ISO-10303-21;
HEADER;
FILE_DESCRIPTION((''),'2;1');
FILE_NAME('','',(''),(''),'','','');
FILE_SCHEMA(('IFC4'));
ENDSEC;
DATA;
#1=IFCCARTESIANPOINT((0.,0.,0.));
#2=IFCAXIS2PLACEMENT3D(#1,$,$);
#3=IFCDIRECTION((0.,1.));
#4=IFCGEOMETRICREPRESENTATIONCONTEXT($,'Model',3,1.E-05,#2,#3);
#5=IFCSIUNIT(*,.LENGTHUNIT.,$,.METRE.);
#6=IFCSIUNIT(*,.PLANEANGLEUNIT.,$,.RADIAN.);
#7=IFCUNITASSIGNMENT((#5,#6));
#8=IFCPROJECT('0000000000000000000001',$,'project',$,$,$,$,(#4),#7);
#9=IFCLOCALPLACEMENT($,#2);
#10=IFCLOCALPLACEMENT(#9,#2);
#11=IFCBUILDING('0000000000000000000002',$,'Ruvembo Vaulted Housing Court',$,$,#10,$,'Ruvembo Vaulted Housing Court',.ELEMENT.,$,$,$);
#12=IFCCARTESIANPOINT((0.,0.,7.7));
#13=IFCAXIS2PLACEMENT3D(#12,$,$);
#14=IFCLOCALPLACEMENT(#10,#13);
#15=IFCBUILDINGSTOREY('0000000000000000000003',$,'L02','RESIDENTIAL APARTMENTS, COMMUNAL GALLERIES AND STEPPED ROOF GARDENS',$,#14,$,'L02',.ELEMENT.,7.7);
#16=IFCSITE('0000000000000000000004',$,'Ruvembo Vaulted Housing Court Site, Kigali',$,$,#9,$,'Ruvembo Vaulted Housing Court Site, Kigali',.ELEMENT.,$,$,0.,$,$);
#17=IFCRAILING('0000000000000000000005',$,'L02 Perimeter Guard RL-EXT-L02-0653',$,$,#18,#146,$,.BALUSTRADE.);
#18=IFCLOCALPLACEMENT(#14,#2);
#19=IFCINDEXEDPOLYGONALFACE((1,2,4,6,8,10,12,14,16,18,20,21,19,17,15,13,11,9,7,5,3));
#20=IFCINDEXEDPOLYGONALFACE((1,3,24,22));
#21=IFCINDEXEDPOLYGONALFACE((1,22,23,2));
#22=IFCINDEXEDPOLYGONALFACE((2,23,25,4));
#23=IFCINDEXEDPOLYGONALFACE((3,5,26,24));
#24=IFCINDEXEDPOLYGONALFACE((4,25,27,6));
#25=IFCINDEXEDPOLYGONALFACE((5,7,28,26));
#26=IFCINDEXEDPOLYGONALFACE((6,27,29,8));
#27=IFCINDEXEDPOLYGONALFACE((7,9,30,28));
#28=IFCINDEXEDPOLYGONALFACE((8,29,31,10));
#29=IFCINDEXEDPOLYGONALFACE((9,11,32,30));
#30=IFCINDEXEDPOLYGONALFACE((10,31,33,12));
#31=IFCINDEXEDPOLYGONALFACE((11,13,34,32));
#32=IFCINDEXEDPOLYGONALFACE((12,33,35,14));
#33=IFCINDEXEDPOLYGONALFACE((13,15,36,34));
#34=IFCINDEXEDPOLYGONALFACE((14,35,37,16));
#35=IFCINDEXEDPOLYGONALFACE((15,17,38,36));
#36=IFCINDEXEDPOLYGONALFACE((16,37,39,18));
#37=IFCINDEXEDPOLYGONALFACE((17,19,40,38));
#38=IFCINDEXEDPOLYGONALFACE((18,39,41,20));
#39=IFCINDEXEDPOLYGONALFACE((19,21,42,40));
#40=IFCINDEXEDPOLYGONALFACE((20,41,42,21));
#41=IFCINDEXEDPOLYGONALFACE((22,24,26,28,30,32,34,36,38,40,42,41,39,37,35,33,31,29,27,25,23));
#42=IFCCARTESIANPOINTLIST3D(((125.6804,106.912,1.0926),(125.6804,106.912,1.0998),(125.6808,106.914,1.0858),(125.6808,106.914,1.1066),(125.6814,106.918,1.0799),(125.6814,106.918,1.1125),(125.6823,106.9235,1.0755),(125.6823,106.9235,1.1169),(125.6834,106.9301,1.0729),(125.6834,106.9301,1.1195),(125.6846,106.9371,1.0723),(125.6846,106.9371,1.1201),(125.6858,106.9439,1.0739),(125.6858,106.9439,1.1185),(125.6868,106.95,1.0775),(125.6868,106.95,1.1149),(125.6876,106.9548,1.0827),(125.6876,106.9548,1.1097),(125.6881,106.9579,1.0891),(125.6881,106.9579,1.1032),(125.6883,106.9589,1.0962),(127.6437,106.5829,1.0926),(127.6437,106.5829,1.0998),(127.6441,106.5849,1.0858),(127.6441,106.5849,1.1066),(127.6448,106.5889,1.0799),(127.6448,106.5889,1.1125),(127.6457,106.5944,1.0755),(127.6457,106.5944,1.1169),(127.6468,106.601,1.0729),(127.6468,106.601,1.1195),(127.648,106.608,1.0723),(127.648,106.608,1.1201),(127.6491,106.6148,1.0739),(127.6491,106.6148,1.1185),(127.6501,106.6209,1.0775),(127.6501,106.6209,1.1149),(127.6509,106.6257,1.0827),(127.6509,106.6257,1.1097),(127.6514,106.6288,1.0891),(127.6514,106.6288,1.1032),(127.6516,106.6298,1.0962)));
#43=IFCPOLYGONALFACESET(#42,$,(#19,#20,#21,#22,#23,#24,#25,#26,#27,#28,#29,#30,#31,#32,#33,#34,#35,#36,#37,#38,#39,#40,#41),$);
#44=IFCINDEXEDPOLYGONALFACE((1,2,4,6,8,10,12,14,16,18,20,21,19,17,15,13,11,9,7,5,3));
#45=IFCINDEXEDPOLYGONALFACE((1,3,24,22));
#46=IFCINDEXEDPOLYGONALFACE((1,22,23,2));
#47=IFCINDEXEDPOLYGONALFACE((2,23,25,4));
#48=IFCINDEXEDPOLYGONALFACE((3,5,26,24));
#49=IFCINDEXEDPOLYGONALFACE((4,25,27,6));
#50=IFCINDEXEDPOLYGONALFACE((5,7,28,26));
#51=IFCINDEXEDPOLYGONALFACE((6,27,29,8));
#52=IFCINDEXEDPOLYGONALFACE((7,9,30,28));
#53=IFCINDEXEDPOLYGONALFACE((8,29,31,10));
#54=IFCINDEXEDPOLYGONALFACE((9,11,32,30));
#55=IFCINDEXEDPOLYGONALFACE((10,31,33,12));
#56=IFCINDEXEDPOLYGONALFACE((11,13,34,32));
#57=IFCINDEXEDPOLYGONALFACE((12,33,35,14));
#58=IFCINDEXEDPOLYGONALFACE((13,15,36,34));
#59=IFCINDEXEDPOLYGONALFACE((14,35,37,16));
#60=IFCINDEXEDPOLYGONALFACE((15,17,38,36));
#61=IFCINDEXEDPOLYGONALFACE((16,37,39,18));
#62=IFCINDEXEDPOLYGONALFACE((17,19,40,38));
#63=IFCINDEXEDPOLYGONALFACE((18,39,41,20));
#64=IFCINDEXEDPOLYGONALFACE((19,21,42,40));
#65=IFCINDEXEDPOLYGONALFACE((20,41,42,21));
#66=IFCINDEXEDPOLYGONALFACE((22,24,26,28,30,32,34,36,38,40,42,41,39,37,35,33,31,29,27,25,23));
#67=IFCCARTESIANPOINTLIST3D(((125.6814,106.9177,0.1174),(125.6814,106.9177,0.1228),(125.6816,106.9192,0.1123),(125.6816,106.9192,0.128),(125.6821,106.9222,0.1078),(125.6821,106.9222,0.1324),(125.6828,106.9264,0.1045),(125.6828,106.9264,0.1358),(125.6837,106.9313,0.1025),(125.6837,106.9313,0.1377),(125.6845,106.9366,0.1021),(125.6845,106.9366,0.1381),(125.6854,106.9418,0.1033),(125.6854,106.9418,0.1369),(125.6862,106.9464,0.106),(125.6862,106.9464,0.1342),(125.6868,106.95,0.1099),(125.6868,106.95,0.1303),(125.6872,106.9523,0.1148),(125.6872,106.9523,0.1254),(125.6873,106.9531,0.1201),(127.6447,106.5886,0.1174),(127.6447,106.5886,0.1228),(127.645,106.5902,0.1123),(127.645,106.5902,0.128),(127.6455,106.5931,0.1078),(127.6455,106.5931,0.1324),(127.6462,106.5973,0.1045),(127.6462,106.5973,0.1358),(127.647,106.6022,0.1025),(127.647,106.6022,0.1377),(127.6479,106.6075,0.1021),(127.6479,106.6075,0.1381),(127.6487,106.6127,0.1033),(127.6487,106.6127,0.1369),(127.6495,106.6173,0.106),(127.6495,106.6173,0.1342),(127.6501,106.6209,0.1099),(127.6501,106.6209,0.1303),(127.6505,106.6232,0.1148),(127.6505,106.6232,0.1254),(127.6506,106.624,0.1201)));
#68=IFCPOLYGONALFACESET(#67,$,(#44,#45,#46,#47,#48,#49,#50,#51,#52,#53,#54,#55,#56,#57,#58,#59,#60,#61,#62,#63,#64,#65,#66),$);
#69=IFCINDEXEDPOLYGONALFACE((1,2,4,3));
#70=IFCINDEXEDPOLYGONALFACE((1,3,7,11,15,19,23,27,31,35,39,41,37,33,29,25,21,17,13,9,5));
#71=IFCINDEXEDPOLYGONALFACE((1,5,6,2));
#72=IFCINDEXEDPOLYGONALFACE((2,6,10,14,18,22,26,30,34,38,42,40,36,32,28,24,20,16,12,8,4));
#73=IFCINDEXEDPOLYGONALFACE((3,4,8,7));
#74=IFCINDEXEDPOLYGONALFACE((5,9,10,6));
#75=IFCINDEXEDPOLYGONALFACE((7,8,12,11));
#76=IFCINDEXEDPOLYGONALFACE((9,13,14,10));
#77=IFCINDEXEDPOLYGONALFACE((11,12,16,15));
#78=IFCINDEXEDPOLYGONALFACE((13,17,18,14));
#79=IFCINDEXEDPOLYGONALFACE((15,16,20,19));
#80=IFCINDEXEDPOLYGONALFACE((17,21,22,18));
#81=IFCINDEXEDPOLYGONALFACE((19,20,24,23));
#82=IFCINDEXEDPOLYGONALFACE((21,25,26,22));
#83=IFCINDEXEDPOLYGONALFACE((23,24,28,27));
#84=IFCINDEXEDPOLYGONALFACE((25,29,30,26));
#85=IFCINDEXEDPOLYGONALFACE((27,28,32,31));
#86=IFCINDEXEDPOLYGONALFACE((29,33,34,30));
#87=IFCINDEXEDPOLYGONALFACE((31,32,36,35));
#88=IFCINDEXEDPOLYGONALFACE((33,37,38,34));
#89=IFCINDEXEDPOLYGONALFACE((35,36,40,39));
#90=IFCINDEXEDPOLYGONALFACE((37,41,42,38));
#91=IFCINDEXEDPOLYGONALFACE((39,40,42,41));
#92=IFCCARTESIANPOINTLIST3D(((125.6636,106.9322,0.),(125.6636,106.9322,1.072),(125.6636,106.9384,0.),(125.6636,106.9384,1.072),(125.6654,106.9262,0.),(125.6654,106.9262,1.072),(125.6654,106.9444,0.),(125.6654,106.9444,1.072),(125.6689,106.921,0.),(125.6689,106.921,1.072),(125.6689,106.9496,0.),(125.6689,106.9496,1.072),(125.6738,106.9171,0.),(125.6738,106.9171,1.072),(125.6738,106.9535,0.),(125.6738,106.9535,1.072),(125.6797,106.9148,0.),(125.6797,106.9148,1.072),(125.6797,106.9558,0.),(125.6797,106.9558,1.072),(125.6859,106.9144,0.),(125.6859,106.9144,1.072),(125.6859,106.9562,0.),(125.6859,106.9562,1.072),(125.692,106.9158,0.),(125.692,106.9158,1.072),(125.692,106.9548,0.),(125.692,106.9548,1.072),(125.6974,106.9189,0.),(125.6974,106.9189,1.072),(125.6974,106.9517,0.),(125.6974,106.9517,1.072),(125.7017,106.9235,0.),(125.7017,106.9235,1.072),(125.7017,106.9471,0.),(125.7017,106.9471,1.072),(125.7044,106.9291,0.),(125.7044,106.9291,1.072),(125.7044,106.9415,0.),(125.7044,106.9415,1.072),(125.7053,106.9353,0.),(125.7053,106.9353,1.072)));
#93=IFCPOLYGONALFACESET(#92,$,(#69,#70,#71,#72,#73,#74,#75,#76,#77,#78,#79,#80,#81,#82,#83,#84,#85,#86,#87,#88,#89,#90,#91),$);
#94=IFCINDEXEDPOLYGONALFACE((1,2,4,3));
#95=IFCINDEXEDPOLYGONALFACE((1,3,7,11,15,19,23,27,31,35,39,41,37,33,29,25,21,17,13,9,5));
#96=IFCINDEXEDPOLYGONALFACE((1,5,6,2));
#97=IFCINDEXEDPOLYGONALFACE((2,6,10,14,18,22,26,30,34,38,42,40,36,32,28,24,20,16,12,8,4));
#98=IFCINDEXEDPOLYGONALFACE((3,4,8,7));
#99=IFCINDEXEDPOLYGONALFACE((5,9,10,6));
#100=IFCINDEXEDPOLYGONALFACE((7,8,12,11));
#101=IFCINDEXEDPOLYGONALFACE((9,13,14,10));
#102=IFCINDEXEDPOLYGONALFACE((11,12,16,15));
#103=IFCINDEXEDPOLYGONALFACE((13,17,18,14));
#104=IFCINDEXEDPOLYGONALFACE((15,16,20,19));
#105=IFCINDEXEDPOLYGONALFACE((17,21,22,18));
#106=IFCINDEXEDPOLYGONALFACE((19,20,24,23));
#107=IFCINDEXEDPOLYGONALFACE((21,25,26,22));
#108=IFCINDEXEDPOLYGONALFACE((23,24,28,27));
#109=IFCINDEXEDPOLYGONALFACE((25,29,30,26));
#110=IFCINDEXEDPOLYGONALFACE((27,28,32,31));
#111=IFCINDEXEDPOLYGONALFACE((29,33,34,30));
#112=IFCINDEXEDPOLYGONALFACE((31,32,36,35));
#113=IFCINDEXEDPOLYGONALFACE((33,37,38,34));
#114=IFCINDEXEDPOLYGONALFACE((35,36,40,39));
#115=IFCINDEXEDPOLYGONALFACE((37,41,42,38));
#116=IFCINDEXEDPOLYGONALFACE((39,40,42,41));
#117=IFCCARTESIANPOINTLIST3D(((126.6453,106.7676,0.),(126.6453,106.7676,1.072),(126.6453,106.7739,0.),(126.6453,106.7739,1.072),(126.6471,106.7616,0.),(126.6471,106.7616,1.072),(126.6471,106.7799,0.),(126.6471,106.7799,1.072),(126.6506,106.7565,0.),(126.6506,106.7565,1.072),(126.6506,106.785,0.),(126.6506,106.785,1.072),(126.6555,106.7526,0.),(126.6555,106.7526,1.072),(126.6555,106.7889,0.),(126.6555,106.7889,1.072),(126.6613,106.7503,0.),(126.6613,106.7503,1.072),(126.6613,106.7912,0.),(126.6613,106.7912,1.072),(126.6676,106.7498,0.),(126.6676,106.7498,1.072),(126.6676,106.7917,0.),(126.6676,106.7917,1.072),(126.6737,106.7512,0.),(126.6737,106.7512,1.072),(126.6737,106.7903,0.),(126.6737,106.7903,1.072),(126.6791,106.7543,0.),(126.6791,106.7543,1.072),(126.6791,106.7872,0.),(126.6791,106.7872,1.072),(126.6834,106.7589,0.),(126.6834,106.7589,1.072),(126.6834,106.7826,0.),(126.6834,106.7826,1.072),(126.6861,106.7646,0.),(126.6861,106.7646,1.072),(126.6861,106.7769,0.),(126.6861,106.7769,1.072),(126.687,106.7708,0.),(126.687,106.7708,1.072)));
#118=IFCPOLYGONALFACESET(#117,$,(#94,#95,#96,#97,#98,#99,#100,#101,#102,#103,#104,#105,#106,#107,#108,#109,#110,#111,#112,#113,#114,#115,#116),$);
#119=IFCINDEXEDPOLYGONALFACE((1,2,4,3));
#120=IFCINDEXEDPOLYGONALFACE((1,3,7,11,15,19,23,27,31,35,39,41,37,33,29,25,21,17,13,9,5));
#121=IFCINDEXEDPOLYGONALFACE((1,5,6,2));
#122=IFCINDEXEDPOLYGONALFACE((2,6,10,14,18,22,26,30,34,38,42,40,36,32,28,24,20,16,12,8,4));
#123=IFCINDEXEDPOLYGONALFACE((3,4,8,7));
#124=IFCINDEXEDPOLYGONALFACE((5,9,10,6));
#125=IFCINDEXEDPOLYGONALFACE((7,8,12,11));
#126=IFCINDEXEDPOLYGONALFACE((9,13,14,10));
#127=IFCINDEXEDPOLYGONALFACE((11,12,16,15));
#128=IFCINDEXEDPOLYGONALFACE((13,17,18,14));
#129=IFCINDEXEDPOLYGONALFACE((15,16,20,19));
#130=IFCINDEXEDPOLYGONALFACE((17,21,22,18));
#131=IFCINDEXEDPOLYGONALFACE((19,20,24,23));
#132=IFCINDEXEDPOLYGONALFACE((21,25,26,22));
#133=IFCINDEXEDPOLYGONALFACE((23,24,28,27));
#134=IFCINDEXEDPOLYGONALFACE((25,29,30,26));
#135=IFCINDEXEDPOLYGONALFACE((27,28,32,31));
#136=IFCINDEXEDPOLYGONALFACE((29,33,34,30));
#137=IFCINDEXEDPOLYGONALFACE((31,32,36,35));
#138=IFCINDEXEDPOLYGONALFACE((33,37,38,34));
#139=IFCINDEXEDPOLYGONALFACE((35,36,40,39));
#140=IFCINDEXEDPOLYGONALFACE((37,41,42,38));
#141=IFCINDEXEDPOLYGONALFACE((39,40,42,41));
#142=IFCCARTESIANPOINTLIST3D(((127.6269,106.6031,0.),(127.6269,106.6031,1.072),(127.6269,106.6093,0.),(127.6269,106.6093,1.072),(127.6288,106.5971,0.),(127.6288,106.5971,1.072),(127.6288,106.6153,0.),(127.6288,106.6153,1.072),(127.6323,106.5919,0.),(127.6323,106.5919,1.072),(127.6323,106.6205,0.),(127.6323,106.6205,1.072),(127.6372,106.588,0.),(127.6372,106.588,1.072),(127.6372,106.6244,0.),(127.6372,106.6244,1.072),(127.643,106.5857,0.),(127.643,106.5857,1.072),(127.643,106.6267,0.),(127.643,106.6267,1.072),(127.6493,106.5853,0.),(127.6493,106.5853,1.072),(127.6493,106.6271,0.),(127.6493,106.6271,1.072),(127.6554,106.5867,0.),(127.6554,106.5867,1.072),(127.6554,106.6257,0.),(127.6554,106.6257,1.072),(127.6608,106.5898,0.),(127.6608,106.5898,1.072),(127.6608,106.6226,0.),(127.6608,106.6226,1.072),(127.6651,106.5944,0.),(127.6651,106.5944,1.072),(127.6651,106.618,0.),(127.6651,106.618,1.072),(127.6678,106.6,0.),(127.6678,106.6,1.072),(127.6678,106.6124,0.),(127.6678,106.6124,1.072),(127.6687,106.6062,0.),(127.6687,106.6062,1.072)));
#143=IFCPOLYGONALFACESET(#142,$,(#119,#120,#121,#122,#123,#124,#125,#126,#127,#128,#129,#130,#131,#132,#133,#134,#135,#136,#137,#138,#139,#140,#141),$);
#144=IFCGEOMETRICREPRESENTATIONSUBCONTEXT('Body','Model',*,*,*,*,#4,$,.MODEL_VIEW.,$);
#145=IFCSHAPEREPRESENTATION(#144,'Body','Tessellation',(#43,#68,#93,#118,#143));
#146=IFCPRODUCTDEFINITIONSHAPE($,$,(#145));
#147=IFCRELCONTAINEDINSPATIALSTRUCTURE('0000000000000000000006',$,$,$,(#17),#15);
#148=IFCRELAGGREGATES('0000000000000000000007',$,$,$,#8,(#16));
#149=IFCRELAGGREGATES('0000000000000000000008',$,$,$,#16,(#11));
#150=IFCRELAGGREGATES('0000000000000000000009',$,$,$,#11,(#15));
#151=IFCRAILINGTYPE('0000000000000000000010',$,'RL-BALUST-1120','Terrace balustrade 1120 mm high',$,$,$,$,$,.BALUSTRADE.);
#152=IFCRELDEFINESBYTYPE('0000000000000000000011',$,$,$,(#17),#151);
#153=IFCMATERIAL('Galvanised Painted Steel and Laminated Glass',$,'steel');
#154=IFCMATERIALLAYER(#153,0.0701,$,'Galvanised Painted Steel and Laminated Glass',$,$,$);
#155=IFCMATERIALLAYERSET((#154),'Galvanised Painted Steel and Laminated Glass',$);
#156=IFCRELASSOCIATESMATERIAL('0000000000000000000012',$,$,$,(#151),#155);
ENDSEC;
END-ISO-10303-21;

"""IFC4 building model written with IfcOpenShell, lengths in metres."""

from ifc_helpers import new_model, si_unit, direction, frame, origin, origin_2d, place, context, subcontext, project, spatial, circle, extrude, material, layer, layer_set, type_object, element, save


model = new_model("IFC4")

# Units and contexts
model_context = context("Model", 3, precision=1e-05, world=origin(), true_north=direction((0.0, 1.0)))
body_context = subcontext(model_context, "Body", "Model", "MODEL_VIEW")
ifc_project = project(units=[si_unit("LENGTHUNIT", "METRE"), si_unit("PLANEANGLEUNIT", "RADIAN")], contexts=[model_context])

# Site, building, storey
site_placement = place(None, origin())
site = spatial("IfcSite", under=ifc_project, at=site_placement, Name="Ruvembo Vaulted Housing Court Site, Kigali", LongName="Ruvembo Vaulted Housing Court Site, Kigali", CompositionType="ELEMENT", RefElevation=0.0)
building_placement = place(site_placement, origin())
building = spatial("IfcBuilding", under=site, at=building_placement, Name="Ruvembo Vaulted Housing Court", LongName="Ruvembo Vaulted Housing Court", CompositionType="ELEMENT")
storey_placement = place(building_placement, frame((0.0, 0.0, 7.7)))
storey = spatial("IfcBuildingStorey", under=building, at=storey_placement, Name="L02", Description="RESIDENTIAL APARTMENTS, COMMUNAL GALLERIES AND STEPPED ROOF GARDENS", LongName="L02", CompositionType="ELEMENT", Elevation=7.7)

# Railing
ifc_material_1 = material(Name="Galvanised Painted Steel and Laminated Glass", Category="steel")
ifc_layer_1 = layer(ifc_material_1, 0.0701, Name="Galvanised Painted Steel and Laminated Glass")
ifc_layer_set_1 = layer_set([ifc_layer_1], Name="Galvanised Painted Steel and Laminated Glass")
railing_type = type_object("IfcRailingType", Name="RL-BALUST-1120", Description="Terrace balustrade 1120 mm high", PredefinedType="BALUSTRADE", material=ifc_layer_set_1)
railing_1_placement = place(storey_placement, frame((125.6843, 106.9353, 0.0)))
element("IfcRailing", 1, at=railing_1_placement, inside=storey, type_object=railing_type, Name="L02 Perimeter Guard RL-EXT-L02-0653", PredefinedType="BALUSTRADE", context=body_context, shape_type="SweptSolid", body=[
    extrude(circle(Radius=0.0239, at=origin_2d()), frame((0.0, 0.0, 1.0962), z_axis=(0.986241, -0.165314, 0.0), x_axis=(0.165314, 0.986241, 0.0)), (0.0, 0.0, 1.0), 1.9907),
    extrude(circle(Radius=0.0181, at=origin_2d()), frame((0.0, 0.0, 0.1201), z_axis=(0.986241, -0.165314, 0.0), x_axis=(0.165314, 0.986241, 0.0)), (0.0, 0.0, 1.0), 1.9907),
    extrude(circle(Radius=0.021, at=origin_2d()), origin(), (0.0, 0.0, 1.0), 1.072),
    extrude(circle(Radius=0.021, at=origin_2d()), frame((0.9817, -0.1646, 0.0)), (0.0, 0.0, 1.0), 1.072),
    extrude(circle(Radius=0.021, at=origin_2d()), frame((1.9634, -0.3291, 0.0)), (0.0, 0.0, 1.0), 1.072),
])

save(model, "model.ifc")
